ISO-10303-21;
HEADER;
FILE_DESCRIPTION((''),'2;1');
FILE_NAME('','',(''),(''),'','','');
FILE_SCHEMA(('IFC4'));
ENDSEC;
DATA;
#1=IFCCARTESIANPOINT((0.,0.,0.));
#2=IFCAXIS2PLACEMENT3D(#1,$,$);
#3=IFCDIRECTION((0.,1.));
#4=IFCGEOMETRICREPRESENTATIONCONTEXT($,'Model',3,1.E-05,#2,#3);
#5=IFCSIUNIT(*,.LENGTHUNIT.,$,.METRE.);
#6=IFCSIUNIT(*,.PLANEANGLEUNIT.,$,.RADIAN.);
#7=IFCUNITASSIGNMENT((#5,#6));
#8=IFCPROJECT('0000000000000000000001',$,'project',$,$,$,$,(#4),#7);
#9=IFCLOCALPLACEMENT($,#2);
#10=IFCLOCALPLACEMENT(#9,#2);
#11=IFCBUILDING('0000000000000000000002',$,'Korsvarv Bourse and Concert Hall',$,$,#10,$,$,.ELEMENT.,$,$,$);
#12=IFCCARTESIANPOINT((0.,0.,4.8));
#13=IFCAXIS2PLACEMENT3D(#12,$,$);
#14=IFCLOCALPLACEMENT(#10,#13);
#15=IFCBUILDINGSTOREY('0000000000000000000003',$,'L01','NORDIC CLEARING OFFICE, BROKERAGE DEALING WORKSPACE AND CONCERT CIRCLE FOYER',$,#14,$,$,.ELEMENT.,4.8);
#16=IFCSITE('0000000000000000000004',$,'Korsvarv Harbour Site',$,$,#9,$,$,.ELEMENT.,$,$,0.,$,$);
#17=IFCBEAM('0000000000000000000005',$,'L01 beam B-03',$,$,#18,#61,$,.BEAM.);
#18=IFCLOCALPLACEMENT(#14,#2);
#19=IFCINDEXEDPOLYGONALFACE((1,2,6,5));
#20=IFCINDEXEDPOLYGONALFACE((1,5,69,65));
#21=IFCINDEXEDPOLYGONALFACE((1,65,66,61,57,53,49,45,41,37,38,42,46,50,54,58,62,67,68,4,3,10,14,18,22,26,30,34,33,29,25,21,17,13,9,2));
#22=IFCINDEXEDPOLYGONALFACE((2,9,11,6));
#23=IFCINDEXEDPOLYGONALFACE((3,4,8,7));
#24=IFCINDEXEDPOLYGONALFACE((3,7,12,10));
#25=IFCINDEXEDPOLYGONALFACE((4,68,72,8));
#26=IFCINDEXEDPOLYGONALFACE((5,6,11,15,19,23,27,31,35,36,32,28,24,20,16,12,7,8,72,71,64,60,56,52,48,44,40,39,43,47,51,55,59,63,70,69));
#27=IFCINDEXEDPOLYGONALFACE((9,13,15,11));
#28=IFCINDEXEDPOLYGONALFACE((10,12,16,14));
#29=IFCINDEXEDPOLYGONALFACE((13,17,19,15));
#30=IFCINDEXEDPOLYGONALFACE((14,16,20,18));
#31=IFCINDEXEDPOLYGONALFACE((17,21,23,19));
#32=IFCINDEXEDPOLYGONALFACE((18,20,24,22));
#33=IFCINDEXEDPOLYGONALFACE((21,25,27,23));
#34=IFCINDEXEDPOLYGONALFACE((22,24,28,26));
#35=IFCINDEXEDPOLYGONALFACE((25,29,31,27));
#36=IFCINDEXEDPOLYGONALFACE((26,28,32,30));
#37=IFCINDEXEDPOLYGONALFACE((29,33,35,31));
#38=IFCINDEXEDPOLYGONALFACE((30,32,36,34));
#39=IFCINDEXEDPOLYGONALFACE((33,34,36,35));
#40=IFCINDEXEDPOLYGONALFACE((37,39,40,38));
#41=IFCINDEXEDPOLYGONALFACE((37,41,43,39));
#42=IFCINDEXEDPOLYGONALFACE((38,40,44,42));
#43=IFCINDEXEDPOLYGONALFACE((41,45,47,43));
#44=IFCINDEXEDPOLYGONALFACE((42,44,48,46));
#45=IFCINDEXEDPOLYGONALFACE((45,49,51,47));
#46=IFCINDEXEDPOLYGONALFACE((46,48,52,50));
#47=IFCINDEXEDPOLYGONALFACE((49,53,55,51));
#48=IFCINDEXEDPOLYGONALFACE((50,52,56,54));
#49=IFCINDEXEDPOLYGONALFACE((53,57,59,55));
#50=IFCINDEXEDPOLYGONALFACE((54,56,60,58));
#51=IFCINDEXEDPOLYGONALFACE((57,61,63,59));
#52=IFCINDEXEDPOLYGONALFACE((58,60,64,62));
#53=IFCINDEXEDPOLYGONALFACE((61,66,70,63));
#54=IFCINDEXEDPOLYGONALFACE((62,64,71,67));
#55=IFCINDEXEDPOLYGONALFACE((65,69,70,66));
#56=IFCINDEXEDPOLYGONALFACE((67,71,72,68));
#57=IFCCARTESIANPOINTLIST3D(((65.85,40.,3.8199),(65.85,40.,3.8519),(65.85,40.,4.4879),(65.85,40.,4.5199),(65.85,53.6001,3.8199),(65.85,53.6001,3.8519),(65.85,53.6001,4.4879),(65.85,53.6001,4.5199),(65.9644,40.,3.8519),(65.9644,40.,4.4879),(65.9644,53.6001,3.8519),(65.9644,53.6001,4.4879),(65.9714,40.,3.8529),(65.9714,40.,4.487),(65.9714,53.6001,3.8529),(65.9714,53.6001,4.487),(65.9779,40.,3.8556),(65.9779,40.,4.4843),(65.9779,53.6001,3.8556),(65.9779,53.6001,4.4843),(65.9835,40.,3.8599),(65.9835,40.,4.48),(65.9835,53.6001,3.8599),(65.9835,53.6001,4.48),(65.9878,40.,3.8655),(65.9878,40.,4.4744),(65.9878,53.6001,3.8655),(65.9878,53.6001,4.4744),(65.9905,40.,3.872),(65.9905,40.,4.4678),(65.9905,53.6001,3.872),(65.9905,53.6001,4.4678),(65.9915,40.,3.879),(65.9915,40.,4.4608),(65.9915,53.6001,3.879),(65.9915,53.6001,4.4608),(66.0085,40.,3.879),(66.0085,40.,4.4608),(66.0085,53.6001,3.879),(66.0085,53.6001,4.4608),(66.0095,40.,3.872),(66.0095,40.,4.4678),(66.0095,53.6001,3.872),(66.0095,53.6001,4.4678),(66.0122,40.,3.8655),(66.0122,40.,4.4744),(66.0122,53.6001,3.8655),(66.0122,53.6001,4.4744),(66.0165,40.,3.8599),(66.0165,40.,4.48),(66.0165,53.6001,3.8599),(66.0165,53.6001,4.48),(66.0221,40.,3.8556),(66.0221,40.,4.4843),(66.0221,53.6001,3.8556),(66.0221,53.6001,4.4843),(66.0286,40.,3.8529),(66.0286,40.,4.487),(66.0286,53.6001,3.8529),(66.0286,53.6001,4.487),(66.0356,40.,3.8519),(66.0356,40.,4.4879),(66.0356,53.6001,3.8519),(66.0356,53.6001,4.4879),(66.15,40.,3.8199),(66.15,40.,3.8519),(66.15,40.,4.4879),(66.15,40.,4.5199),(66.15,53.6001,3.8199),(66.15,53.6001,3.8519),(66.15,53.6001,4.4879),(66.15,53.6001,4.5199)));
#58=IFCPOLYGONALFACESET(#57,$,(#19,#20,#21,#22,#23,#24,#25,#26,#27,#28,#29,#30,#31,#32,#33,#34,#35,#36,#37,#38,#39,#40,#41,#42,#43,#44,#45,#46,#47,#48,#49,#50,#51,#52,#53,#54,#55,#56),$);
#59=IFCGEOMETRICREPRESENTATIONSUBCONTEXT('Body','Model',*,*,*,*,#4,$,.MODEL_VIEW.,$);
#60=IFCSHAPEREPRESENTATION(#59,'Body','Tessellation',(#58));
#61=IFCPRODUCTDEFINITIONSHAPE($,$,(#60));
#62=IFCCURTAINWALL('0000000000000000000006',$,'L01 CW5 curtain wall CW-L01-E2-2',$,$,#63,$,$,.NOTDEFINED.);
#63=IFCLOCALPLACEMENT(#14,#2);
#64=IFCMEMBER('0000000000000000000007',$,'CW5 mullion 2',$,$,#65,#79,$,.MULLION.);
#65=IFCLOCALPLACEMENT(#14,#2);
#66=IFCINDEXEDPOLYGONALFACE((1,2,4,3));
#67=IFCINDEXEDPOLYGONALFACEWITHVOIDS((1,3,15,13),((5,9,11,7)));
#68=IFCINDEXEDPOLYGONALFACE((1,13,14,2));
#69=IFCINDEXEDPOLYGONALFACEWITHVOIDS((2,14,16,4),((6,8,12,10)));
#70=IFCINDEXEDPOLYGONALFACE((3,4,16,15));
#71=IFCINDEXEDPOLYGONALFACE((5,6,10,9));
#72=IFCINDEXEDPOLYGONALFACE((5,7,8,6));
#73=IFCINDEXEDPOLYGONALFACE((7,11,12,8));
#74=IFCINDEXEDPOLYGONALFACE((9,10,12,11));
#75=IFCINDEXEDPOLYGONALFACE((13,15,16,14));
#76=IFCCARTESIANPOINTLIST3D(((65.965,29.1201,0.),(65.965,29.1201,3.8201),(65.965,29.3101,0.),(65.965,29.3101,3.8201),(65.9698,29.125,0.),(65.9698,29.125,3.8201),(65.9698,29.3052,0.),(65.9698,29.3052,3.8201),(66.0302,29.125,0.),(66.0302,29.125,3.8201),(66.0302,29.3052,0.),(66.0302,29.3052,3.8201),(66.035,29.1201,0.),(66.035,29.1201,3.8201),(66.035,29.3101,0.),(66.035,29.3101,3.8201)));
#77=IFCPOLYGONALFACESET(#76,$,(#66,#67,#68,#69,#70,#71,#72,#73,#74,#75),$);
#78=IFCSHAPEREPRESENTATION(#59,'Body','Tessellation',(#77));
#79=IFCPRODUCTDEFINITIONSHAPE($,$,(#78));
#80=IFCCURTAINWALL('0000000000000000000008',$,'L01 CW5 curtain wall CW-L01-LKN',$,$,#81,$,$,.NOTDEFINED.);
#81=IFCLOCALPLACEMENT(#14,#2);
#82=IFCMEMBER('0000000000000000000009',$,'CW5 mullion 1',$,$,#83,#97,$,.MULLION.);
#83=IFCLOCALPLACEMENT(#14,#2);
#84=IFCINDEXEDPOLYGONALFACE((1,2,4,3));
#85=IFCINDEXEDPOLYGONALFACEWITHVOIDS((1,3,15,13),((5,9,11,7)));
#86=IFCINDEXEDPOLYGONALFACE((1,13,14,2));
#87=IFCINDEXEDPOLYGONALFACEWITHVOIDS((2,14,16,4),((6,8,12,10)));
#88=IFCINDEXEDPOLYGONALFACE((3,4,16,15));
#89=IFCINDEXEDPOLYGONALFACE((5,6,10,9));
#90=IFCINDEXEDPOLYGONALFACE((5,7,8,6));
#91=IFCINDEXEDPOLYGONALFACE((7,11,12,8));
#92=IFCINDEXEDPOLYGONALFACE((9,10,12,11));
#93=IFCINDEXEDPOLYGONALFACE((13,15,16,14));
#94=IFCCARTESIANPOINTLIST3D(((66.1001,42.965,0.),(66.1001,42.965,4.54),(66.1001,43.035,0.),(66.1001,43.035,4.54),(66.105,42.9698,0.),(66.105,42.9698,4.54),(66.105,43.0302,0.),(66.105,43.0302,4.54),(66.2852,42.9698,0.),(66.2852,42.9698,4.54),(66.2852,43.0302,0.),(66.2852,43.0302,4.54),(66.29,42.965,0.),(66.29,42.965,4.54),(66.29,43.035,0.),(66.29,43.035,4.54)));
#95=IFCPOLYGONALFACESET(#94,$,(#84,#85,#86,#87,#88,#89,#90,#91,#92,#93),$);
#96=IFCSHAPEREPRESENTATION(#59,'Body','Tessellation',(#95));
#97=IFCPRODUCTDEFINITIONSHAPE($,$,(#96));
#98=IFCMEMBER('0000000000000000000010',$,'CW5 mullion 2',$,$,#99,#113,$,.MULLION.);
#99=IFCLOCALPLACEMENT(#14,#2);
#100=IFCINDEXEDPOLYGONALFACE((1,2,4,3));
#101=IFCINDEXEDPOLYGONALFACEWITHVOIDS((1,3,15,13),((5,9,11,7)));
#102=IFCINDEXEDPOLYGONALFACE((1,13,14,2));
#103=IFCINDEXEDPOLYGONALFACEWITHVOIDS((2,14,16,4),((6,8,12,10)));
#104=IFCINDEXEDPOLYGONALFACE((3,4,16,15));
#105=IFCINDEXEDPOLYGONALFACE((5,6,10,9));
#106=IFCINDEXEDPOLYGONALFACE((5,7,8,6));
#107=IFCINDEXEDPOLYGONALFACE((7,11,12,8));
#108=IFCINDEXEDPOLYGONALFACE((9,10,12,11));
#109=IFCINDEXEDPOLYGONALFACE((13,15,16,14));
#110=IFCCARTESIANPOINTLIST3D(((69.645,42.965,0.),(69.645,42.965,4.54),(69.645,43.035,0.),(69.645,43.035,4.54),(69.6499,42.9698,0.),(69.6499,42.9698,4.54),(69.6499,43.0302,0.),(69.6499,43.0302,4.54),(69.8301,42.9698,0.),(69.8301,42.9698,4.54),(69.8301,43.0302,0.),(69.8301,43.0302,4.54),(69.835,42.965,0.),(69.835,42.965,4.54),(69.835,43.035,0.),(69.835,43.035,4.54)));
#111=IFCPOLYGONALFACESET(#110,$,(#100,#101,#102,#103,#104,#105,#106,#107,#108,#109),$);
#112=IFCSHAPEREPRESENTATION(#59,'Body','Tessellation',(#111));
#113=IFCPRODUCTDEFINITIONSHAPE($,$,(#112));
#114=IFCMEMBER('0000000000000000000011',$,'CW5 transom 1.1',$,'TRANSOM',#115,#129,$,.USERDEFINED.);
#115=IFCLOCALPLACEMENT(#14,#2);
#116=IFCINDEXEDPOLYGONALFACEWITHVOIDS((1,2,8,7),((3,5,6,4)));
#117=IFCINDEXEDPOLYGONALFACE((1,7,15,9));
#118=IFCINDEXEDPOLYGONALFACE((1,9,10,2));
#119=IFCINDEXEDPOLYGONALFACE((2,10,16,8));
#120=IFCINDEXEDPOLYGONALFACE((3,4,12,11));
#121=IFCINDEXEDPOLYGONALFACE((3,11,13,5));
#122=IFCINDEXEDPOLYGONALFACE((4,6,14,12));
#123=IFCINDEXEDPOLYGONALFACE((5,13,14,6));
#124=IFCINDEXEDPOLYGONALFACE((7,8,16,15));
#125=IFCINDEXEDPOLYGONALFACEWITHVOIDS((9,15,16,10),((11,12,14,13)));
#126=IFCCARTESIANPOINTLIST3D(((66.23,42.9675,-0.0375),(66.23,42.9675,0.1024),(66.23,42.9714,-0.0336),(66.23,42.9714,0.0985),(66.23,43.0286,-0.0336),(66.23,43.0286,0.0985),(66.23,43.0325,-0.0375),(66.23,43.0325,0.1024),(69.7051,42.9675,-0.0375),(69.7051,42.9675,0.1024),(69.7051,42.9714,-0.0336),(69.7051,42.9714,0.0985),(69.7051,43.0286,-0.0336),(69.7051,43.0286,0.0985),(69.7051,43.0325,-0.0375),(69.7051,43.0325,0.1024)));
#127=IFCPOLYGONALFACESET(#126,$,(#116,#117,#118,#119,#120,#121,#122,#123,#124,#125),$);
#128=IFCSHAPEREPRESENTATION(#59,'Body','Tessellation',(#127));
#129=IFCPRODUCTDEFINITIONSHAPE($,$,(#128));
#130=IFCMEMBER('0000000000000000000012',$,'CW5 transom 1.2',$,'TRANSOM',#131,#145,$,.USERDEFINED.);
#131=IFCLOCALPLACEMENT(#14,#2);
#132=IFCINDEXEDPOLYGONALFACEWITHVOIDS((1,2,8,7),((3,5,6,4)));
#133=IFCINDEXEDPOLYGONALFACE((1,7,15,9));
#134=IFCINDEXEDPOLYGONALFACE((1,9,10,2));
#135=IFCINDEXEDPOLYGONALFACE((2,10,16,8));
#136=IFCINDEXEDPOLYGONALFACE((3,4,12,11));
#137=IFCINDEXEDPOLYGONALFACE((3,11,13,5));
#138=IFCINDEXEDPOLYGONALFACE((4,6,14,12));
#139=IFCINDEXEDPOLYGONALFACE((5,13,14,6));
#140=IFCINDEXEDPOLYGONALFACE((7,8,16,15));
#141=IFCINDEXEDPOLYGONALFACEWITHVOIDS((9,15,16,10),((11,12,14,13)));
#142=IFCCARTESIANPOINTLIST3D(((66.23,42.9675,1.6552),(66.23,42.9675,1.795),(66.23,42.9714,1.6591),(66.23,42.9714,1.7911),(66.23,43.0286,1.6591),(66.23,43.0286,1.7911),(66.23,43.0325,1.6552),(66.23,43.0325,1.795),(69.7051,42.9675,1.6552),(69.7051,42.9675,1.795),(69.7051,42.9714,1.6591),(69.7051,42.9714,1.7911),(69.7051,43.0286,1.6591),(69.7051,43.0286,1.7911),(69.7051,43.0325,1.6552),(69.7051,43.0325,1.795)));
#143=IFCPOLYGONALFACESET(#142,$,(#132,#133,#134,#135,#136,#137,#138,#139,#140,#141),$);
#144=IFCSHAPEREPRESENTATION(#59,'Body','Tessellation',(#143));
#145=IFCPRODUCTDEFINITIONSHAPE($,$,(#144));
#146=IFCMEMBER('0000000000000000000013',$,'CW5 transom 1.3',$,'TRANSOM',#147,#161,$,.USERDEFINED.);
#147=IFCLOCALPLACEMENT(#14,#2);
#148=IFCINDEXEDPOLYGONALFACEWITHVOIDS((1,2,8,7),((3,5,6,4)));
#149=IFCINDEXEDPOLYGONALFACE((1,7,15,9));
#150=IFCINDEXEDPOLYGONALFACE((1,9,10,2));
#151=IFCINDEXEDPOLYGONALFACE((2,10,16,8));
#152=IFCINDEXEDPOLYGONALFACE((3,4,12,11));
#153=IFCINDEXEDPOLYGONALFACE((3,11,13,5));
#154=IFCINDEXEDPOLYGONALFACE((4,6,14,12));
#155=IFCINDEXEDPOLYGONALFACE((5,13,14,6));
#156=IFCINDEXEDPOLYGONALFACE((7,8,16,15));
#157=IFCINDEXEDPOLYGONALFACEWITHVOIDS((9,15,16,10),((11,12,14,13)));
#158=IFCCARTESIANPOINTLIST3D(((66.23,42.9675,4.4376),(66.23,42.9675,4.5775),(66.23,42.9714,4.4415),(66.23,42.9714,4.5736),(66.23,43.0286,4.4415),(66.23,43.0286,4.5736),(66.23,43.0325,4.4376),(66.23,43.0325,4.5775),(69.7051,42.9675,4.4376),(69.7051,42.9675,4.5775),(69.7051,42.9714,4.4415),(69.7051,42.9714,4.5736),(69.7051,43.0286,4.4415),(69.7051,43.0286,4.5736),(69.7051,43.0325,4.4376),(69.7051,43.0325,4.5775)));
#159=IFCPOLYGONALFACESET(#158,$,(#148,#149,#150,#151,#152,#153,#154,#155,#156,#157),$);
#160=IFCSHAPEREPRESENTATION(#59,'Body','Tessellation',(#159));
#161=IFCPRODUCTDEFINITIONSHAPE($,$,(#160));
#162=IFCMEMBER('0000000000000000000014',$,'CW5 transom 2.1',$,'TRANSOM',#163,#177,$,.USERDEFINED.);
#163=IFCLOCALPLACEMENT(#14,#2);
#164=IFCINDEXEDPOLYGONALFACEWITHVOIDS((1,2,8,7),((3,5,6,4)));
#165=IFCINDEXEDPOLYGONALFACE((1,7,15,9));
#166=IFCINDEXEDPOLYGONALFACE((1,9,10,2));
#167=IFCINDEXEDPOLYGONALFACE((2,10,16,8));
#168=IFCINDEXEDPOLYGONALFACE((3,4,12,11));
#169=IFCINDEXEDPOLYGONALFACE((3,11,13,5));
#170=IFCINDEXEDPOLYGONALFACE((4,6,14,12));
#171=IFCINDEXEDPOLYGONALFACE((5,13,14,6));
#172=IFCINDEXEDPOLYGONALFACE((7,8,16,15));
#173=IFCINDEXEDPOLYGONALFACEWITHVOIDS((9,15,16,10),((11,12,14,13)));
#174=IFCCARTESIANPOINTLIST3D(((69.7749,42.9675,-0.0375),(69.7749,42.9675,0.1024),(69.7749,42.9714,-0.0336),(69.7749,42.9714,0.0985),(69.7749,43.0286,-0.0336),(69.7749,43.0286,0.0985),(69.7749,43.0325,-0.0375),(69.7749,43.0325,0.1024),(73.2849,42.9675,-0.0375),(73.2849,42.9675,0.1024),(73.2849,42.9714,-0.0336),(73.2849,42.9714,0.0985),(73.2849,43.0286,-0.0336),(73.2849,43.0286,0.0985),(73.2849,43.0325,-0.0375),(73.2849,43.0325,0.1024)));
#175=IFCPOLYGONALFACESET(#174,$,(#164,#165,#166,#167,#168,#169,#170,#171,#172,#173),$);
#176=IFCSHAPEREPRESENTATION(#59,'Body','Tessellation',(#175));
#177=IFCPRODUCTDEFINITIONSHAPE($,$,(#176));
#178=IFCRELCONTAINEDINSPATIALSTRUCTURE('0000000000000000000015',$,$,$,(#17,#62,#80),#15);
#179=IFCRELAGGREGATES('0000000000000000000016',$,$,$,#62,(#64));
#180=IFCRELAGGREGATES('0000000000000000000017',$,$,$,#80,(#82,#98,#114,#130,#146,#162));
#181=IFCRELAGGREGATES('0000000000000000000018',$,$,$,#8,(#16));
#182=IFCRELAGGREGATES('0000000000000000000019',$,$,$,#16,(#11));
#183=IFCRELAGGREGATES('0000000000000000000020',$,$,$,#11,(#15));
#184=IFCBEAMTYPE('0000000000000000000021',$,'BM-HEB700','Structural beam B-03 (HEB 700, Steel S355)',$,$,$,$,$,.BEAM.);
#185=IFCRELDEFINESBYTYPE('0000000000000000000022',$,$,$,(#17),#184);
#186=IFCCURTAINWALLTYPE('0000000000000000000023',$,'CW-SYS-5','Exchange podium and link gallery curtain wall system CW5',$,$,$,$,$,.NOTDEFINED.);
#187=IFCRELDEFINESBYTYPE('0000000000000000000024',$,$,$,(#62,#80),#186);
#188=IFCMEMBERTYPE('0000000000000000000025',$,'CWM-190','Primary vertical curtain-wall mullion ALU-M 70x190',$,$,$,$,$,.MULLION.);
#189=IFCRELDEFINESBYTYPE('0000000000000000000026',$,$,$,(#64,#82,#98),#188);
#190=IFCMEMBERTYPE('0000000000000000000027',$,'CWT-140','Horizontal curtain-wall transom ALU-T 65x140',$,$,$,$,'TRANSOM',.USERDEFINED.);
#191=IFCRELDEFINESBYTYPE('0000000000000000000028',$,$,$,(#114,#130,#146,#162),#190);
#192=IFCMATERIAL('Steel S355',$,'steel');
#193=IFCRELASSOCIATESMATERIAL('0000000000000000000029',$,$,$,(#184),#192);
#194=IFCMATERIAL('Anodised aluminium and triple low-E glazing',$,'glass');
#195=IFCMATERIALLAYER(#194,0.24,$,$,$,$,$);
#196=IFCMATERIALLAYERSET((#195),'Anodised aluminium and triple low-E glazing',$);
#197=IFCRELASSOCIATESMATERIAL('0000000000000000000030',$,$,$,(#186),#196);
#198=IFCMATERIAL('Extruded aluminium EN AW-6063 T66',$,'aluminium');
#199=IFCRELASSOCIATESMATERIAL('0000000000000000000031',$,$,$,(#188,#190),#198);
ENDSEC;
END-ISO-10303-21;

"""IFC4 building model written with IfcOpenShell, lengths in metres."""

from ifc_helpers import new_model, si_unit, direction, frame, origin, origin_2d, place, context, subcontext, project, spatial, hollow_rectangle, i_section, extrude, source, transform, mapped, material, layer, layer_set, material_profile, profile_set, type_object, element, aggregate, save


model = new_model("IFC4")

# Units and contexts
model_context = context("Model", 3, precision=1e-05, world=origin(), true_north=direction((0.0, 1.0)))
body_context = subcontext(model_context, "Body", "Model", "MODEL_VIEW")
ifc_project = project(units=[si_unit("LENGTHUNIT", "METRE"), si_unit("PLANEANGLEUNIT", "RADIAN")], contexts=[model_context])

# Site, building, storey
site_placement = place(None, origin())
site = spatial("IfcSite", under=ifc_project, at=site_placement, Name="Korsvarv Harbour Site", CompositionType="ELEMENT", RefElevation=0.0)
building_placement = place(site_placement, origin())
building = spatial("IfcBuilding", under=site, at=building_placement, Name="Korsvarv Bourse and Concert Hall", CompositionType="ELEMENT")
storey_placement = place(building_placement, frame((0.0, 0.0, 4.8)))
storey = spatial("IfcBuildingStorey", under=building, at=storey_placement, Name="L01", Description="NORDIC CLEARING OFFICE, BROKERAGE DEALING WORKSPACE AND CONCERT CIRCLE FOYER", CompositionType="ELEMENT", Elevation=4.8)

# Beam
ifc_material_1 = material(Name="Steel S355", Category="steel")
ifc_material_profile_1 = material_profile(ifc_material_1, i_section(OverallWidth=0.3, OverallDepth=0.7, WebThickness=0.0171, FlangeThickness=0.032, FilletRadius=0.0271, at=origin_2d()), Name="HEB 700")
ifc_profile_set_1 = profile_set([ifc_material_profile_1], Name="Steel S355")
beam_type_1 = type_object("IfcBeamType", Name="BM-HEB700", Description="Structural beam B-03 (HEB 700, Steel S355)", PredefinedType="BEAM", material=ifc_profile_set_1)
shared_shape_1 = source(origin(), body_context, "Body", "SweptSolid", [
    extrude(i_section(OverallWidth=0.3, OverallDepth=0.7, WebThickness=0.0171, FlangeThickness=0.032, FilletRadius=0.0271, at=origin_2d()), origin(), (0.0, 0.0, 1.0), 13.6001),
])
beam_1_placement = place(storey_placement, frame((66.0, 40.0, 4.1699), z_axis=(0.0, 1.0, 0.0), x_axis=(-1.0, 0.0, 0.0)))
element("IfcBeam", 1, at=beam_1_placement, inside=storey, type_object=beam_type_1, Name="L01 beam B-03", PredefinedType="BEAM", context=body_context, shape_type="MappedRepresentation", body=[
    mapped(shared_shape_1, transform((0.0, 0.0, 0.0), scale=1.0)),
])

# Curtain wall, member
ifc_material_2 = material(Name="Anodised aluminium and triple low-E glazing", Category="glass")
ifc_layer_1 = layer(ifc_material_2, 0.24)
ifc_layer_set_1 = layer_set([ifc_layer_1], Name="Anodised aluminium and triple low-E glazing")
curtain_wall_type = type_object("IfcCurtainWallType", Name="CW-SYS-5", Description="Exchange podium and link gallery curtain wall system CW5", PredefinedType="NOTDEFINED", material=ifc_layer_set_1)
curtain_wall_1_placement = place(storey_placement, origin())
curtain_wall_1 = element("IfcCurtainWall", 2, at=curtain_wall_1_placement, inside=storey, type_object=curtain_wall_type, Name="L01 CW5 curtain wall CW-L01-E2-2", PredefinedType="NOTDEFINED")
ifc_material_3 = material(Name="Extruded aluminium EN AW-6063 T66", Category="aluminium")
ifc_material_profile_2 = material_profile(ifc_material_3, hollow_rectangle(XDim=0.0701, YDim=0.1899, WallThickness=0.0049, at=origin_2d()), Name="ALU-M 70x190")
ifc_profile_set_2 = profile_set([ifc_material_profile_2], Name="Extruded aluminium EN AW-6063 T66")
member_type_1 = type_object("IfcMemberType", Name="CWM-190", Description="Primary vertical curtain-wall mullion ALU-M 70x190", PredefinedType="MULLION", material=ifc_profile_set_2)
shared_shape_2 = source(origin(), body_context, "Body", "SweptSolid", [
    extrude(hollow_rectangle(XDim=0.0701, YDim=0.1899, WallThickness=0.0049, at=origin_2d()), origin(), (0.0, 0.0, 1.0), 3.8201),
])
member_1_placement = place(storey_placement, frame((66.0, 29.2151, 0.0), z_axis=(0.0, 0.0, 1.0), x_axis=(-1.0, 0.0, 0.0)))
member_1 = element("IfcMember", 3, at=member_1_placement, type_object=member_type_1, Name="CW5 mullion 2", PredefinedType="MULLION", context=body_context, shape_type="MappedRepresentation", body=[
    mapped(shared_shape_2, transform((0.0, 0.0, 0.0), scale=1.0)),
])
aggregate(curtain_wall_1, [member_1])

# Curtain wall, members
curtain_wall_2_placement = place(storey_placement, origin())
curtain_wall_2 = element("IfcCurtainWall", 4, at=curtain_wall_2_placement, inside=storey, type_object=curtain_wall_type, Name="L01 CW5 curtain wall CW-L01-LKN", PredefinedType="NOTDEFINED")
shared_shape_3 = source(origin(), body_context, "Body", "SweptSolid", [
    extrude(hollow_rectangle(XDim=0.0701, YDim=0.1899, WallThickness=0.0049, at=origin_2d()), origin(), (0.0, 0.0, 1.0), 4.54),
])
member_2_placement = place(storey_placement, frame((66.1951, 43.0, 0.0), z_axis=(0.0, 0.0, 1.0), x_axis=(0.0, 1.0, 0.0)))
member_2 = element("IfcMember", 5, at=member_2_placement, type_object=member_type_1, Name="CW5 mullion 1", PredefinedType="MULLION", context=body_context, shape_type="MappedRepresentation", body=[
    mapped(shared_shape_3, transform((0.0, 0.0, 0.0), scale=1.0)),
])
member_3_placement = place(storey_placement, frame((69.74, 43.0, 0.0), z_axis=(0.0, 0.0, 1.0), x_axis=(0.0, 1.0, 0.0)))
member_3 = element("IfcMember", 6, at=member_3_placement, type_object=member_type_1, Name="CW5 mullion 2", PredefinedType="MULLION", context=body_context, shape_type="MappedRepresentation", body=[
    mapped(shared_shape_3, transform((0.0, 0.0, 0.0), scale=1.0)),
])
ifc_material_profile_3 = material_profile(ifc_material_3, hollow_rectangle(XDim=0.0649, YDim=0.1399, WallThickness=0.0039, at=origin_2d()), Name="ALU-T 65x140")
ifc_profile_set_3 = profile_set([ifc_material_profile_3], Name="Extruded aluminium EN AW-6063 T66")
member_type_2 = type_object("IfcMemberType", Name="CWT-140", Description="Horizontal curtain-wall transom ALU-T 65x140", ElementType="TRANSOM", PredefinedType="USERDEFINED", material=ifc_profile_set_3)
shared_shape_4 = source(origin(), body_context, "Body", "SweptSolid", [
    extrude(hollow_rectangle(XDim=0.0649, YDim=0.1399, WallThickness=0.0039, at=origin_2d()), origin(), (0.0, 0.0, 1.0), 3.4751),
])
member_4_placement = place(storey_placement, frame((66.23, 43.0, 0.0325), z_axis=(1.0, 0.0, 0.0), x_axis=(0.0, 1.0, 0.0)))
member_4 = element("IfcMember", 7, at=member_4_placement, type_object=member_type_2, Name="CW5 transom 1.1", ObjectType="TRANSOM", PredefinedType="USERDEFINED", context=body_context, shape_type="MappedRepresentation", body=[
    mapped(shared_shape_4, transform((0.0, 0.0, 0.0), scale=1.0)),
])
member_5_placement = place(storey_placement, frame((66.23, 43.0, 1.7251), z_axis=(1.0, 0.0, 0.0), x_axis=(0.0, 1.0, 0.0)))
member_5 = element("IfcMember", 8, at=member_5_placement, type_object=member_type_2, Name="CW5 transom 1.2", ObjectType="TRANSOM", PredefinedType="USERDEFINED", context=body_context, shape_type="MappedRepresentation", body=[
    mapped(shared_shape_4, transform((0.0, 0.0, 0.0), scale=1.0)),
])
member_6_placement = place(storey_placement, frame((66.23, 43.0, 4.5076), z_axis=(1.0, 0.0, 0.0), x_axis=(0.0, 1.0, 0.0)))
member_6 = element("IfcMember", 9, at=member_6_placement, type_object=member_type_2, Name="CW5 transom 1.3", ObjectType="TRANSOM", PredefinedType="USERDEFINED", context=body_context, shape_type="MappedRepresentation", body=[
    mapped(shared_shape_4, transform((0.0, 0.0, 0.0), scale=1.0)),
])
shared_shape_5 = source(origin(), body_context, "Body", "SweptSolid", [
    extrude(hollow_rectangle(XDim=0.0649, YDim=0.1399, WallThickness=0.0039, at=origin_2d()), origin(), (0.0, 0.0, 1.0), 3.51),
])
member_7_placement = place(storey_placement, frame((69.7749, 43.0, 0.0325), z_axis=(1.0, 0.0, 0.0), x_axis=(0.0, 1.0, 0.0)))
member_7 = element("IfcMember", 10, at=member_7_placement, type_object=member_type_2, Name="CW5 transom 2.1", ObjectType="TRANSOM", PredefinedType="USERDEFINED", context=body_context, shape_type="MappedRepresentation", body=[
    mapped(shared_shape_5, transform((0.0, 0.0, 0.0), scale=1.0)),
])
aggregate(curtain_wall_2, [member_2, member_3, member_4, member_5, member_6, member_7])

save(model, "model.ifc")
